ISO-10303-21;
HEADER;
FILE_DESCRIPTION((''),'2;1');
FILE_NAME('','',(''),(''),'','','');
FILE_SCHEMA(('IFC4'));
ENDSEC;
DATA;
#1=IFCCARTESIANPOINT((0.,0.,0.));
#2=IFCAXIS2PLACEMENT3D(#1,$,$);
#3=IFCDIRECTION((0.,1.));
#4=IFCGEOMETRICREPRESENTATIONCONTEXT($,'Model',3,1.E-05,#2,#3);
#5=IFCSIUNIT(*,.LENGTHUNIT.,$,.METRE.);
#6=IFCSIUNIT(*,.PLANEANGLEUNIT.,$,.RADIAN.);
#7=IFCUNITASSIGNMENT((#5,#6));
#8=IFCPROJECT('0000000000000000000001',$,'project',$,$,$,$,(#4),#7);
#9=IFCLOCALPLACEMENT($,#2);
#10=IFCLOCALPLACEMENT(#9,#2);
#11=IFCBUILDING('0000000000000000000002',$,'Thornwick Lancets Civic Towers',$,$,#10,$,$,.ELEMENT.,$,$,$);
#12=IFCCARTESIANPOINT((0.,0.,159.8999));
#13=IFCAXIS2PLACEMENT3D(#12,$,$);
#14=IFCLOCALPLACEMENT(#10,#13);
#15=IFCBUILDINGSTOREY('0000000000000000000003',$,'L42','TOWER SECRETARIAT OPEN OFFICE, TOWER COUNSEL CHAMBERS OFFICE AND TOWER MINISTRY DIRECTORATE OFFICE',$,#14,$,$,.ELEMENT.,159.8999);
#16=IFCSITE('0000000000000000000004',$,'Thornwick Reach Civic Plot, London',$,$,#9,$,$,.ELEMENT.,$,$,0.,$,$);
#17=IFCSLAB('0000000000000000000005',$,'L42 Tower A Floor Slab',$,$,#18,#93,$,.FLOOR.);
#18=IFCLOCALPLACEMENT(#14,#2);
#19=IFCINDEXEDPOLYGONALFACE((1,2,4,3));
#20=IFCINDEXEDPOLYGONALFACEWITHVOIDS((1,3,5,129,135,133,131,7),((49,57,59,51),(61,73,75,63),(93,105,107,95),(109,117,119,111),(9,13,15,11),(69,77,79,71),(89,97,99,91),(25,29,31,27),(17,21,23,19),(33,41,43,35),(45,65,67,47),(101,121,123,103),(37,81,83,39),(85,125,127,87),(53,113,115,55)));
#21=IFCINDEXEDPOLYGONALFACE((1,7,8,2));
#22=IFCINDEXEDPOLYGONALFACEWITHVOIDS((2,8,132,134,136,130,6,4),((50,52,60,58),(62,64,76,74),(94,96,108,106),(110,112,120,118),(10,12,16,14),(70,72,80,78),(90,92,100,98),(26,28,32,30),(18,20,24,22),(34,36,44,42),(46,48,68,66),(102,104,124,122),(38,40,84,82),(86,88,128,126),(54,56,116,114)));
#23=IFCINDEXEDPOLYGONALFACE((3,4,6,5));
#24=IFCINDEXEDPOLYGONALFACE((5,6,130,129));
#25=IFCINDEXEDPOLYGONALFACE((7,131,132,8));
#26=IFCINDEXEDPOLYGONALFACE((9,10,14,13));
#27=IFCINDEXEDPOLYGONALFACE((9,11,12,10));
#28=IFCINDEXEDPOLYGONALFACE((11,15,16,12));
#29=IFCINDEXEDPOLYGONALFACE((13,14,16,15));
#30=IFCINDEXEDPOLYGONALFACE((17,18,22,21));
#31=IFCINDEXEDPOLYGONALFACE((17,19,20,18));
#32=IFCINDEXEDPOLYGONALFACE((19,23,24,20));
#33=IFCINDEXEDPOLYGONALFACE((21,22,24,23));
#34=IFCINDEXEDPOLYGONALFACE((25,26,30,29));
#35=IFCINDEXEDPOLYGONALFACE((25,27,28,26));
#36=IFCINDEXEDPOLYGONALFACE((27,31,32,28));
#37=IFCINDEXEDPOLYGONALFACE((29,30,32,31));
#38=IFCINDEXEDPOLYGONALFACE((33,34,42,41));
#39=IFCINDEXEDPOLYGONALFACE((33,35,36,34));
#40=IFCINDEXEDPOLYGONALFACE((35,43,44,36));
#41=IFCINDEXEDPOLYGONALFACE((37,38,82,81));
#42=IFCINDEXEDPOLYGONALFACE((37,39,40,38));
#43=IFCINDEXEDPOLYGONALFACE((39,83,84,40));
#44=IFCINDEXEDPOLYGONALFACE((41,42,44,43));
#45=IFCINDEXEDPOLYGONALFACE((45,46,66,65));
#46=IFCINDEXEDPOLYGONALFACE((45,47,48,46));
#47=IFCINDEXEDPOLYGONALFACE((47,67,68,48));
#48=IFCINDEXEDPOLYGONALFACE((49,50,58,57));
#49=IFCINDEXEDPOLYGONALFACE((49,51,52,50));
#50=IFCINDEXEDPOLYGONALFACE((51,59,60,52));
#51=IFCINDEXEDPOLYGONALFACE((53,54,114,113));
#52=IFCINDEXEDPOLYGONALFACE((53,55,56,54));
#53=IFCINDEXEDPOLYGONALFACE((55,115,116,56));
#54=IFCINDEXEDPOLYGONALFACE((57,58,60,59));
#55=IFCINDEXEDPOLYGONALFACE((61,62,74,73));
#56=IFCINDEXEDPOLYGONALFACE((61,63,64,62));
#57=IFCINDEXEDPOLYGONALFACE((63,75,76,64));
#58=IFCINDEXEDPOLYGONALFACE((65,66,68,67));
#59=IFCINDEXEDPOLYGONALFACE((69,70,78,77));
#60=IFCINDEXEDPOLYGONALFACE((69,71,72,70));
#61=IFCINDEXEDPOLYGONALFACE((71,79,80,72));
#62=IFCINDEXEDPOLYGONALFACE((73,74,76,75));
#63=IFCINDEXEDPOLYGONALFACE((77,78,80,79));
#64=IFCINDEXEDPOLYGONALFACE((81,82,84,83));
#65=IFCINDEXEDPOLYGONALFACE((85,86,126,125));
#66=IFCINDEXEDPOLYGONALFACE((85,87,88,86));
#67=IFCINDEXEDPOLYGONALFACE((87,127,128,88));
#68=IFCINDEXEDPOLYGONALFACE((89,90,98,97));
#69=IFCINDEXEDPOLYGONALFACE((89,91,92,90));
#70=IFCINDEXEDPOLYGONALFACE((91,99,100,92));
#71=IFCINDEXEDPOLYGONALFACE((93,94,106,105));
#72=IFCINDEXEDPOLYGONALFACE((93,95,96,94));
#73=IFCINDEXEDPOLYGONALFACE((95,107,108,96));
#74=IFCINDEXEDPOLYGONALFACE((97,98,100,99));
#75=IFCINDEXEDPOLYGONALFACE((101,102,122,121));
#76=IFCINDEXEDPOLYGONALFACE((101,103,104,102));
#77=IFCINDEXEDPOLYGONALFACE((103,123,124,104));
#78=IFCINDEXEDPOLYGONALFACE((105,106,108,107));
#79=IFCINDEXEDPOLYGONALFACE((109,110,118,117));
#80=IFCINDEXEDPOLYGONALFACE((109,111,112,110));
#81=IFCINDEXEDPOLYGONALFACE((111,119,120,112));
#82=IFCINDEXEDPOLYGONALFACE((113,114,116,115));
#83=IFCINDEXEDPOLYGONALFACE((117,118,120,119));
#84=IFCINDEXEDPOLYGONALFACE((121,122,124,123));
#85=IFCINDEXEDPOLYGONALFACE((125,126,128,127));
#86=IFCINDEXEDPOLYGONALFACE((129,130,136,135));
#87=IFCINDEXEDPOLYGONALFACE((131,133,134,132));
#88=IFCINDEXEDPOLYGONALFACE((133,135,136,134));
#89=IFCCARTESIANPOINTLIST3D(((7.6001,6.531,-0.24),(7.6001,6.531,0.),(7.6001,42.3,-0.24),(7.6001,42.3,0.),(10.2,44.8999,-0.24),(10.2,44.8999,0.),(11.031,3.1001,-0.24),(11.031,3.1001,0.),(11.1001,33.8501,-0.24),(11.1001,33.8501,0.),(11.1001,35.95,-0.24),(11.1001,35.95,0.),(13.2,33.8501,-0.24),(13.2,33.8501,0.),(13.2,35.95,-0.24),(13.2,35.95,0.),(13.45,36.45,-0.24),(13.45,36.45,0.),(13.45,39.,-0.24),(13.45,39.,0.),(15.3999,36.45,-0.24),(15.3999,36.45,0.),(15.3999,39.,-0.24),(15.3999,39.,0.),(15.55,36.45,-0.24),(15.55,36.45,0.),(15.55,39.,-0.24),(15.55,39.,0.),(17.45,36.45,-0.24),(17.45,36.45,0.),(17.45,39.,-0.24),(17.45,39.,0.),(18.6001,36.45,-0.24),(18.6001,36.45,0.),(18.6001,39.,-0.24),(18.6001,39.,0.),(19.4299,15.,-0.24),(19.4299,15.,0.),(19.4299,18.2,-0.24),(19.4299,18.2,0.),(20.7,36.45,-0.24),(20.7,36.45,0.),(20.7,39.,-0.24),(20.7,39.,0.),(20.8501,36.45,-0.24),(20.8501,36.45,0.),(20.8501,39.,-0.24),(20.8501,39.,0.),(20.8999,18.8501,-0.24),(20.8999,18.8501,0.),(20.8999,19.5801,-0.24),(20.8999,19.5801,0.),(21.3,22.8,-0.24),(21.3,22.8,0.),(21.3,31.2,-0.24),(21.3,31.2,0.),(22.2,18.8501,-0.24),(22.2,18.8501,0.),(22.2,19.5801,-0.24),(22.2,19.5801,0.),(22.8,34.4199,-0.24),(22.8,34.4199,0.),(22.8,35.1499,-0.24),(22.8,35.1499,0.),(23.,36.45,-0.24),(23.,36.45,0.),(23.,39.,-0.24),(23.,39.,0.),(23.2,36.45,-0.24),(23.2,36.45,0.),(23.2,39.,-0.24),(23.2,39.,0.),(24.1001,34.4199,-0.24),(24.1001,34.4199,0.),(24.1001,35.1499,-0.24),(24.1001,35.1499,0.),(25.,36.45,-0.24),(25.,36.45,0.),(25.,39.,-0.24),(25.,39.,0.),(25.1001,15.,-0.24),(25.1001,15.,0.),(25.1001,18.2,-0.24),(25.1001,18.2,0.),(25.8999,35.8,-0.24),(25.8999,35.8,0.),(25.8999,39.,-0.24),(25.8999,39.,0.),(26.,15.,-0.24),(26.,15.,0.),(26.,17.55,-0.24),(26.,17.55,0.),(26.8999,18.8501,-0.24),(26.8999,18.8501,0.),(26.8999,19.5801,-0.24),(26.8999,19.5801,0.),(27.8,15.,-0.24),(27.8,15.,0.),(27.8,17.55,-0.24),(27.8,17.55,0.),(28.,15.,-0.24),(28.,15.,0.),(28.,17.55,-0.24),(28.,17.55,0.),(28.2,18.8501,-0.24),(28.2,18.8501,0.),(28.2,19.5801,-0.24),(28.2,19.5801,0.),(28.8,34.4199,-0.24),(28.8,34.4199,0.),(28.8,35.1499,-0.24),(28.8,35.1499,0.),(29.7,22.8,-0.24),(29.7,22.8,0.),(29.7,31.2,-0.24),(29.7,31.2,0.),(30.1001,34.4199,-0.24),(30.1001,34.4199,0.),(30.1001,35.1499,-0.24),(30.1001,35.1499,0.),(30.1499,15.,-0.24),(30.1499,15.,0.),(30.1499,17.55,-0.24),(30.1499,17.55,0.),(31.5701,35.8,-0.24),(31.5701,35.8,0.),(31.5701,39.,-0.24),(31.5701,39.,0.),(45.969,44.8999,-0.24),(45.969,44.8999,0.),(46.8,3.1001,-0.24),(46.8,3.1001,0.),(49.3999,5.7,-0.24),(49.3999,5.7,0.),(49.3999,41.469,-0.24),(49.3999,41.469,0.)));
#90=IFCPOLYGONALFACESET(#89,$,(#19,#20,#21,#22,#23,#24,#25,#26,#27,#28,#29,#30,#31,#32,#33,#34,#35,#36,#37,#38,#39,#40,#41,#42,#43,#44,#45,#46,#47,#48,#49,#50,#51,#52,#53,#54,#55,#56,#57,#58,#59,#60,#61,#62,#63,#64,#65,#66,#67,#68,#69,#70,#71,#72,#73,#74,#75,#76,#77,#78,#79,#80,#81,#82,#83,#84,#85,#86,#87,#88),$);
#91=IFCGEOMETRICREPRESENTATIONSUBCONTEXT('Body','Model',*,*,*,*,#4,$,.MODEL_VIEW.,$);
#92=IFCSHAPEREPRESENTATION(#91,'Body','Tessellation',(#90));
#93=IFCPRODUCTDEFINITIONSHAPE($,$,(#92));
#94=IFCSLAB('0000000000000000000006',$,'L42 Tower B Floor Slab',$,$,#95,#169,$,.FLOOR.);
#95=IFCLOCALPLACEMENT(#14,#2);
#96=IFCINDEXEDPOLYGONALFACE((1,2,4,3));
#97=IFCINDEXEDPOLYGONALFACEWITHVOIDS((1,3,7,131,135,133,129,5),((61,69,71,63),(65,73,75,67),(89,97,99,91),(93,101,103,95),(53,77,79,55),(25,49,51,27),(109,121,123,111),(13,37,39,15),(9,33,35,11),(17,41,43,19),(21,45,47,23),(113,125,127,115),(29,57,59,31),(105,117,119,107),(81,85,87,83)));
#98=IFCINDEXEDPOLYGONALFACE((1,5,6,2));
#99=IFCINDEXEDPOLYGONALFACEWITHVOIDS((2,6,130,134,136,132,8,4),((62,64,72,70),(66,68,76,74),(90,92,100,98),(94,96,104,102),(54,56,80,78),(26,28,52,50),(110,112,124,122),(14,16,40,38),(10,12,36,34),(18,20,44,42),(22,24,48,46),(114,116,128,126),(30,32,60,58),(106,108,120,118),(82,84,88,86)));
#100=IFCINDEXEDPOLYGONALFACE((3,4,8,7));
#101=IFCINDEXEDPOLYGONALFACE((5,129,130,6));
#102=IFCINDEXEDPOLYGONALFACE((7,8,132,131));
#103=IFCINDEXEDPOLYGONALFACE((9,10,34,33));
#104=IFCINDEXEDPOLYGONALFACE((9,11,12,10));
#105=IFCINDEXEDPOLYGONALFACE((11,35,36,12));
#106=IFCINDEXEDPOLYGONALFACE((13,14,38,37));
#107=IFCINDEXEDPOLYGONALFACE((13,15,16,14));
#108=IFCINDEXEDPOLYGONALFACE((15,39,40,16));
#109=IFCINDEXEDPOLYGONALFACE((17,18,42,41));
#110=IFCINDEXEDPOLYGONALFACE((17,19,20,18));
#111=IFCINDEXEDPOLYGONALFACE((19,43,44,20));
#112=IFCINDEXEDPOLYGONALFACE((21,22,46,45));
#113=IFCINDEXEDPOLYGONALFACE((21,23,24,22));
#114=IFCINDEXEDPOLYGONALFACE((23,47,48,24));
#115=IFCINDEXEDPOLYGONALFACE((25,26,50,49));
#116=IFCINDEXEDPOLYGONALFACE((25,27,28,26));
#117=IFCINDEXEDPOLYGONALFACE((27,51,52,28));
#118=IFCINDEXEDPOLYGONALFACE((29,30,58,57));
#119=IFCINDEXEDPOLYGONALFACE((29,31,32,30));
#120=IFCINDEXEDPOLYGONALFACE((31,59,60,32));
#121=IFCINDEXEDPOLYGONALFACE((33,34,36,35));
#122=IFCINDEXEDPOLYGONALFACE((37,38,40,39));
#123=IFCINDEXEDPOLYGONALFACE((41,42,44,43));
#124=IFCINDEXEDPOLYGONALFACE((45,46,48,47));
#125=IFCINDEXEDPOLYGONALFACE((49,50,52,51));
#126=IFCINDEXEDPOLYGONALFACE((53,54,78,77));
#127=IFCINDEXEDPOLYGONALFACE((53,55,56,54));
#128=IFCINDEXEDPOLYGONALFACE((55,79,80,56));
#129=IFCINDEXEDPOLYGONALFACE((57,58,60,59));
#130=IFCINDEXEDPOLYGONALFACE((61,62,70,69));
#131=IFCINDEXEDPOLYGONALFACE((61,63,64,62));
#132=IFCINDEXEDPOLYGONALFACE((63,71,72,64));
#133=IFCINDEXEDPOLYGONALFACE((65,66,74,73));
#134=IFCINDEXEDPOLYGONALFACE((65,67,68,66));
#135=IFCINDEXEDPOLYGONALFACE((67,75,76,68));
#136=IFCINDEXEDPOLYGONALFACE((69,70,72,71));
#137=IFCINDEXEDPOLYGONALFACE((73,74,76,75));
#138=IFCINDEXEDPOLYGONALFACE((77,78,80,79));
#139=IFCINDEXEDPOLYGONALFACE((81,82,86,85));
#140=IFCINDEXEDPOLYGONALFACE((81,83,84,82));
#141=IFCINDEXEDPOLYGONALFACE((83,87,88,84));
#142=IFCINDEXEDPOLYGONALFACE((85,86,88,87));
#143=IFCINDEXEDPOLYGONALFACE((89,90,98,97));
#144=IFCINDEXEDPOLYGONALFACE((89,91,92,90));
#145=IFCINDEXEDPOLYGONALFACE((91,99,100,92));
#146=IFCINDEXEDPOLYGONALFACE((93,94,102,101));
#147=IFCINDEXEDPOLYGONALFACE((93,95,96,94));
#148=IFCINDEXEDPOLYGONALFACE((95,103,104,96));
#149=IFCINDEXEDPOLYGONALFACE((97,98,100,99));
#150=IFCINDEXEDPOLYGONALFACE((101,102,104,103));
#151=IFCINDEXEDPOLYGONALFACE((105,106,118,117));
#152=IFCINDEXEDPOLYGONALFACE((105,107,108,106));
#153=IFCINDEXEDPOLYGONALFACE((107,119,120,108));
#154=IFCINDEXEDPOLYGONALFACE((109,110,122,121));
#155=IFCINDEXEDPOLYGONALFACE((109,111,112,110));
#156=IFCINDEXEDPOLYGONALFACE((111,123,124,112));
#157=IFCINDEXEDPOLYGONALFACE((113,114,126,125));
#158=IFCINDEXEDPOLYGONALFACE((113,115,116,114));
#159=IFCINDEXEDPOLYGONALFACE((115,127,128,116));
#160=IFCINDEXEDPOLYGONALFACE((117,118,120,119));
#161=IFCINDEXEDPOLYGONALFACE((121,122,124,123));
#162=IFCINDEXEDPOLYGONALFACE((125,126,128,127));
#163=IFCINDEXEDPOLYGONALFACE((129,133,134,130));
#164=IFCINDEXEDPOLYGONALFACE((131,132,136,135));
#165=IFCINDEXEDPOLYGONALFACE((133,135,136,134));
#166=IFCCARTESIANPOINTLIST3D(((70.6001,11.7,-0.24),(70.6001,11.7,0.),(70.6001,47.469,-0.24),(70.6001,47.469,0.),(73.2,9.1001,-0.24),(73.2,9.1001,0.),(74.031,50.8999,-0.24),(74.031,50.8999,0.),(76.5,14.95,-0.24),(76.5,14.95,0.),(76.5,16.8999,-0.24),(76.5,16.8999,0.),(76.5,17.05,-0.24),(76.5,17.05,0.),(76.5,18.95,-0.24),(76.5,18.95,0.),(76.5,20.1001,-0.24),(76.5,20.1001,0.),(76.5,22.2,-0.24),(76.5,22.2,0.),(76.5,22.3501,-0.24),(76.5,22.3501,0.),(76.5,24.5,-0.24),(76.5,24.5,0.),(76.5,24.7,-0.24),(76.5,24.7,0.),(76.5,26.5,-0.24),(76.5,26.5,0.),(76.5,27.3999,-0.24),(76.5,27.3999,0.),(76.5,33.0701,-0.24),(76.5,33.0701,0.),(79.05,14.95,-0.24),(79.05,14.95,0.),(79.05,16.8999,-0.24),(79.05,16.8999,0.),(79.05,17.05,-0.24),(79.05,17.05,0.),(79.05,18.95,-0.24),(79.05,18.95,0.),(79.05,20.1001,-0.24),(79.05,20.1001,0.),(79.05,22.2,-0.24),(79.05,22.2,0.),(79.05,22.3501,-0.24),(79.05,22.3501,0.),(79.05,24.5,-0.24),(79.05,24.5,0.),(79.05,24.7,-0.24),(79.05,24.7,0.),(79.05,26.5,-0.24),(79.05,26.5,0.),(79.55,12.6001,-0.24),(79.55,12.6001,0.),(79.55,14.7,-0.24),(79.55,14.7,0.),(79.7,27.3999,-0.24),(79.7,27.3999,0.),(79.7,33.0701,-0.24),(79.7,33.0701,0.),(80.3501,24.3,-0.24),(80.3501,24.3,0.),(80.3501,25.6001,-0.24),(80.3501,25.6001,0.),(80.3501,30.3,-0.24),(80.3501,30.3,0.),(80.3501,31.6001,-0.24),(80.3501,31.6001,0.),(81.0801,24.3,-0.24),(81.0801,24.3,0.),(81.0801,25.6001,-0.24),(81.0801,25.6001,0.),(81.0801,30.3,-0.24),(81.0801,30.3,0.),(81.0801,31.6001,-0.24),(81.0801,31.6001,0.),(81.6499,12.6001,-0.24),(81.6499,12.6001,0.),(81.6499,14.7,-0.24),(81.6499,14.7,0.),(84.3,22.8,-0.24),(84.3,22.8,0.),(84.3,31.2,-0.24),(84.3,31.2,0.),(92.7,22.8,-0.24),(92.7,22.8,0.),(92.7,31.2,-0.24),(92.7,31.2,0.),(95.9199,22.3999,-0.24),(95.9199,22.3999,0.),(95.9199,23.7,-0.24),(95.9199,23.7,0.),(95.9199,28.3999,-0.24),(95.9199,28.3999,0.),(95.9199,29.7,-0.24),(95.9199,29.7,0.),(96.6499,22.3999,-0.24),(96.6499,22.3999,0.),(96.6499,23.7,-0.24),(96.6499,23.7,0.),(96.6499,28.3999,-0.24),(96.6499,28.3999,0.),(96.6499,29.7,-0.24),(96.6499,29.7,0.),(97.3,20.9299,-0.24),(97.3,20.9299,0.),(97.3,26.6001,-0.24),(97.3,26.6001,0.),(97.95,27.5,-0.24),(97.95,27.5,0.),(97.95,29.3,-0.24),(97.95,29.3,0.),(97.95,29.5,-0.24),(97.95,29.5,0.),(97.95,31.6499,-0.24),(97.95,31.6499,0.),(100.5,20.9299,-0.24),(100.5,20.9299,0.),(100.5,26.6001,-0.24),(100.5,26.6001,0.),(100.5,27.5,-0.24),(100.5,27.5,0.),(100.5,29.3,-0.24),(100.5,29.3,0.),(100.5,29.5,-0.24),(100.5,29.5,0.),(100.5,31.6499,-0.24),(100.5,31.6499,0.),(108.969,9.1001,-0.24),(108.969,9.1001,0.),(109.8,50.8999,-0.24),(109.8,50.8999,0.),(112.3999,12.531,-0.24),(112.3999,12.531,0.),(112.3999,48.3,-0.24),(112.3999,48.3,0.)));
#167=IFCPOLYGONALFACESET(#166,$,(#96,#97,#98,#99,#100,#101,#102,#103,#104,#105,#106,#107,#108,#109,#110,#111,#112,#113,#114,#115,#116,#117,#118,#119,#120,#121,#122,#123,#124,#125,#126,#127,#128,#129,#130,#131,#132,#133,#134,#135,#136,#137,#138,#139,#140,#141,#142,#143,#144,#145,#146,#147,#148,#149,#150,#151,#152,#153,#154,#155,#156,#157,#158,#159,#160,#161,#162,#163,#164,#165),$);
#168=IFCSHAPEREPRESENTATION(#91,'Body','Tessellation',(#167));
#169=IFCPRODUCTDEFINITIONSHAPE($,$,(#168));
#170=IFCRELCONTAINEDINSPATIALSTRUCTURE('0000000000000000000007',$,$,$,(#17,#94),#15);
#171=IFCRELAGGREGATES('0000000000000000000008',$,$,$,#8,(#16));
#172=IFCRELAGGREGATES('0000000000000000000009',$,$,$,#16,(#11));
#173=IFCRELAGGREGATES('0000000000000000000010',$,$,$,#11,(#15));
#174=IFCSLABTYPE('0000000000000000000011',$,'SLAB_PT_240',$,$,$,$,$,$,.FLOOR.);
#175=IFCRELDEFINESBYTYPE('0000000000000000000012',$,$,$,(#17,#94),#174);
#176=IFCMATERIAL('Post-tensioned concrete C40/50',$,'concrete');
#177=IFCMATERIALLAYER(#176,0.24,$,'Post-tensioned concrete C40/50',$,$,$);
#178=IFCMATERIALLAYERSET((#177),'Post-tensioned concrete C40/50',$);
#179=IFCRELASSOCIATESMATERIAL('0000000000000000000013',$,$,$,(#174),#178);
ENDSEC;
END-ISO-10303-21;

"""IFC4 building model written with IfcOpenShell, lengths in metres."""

from ifc_helpers import new_model, si_unit, direction, frame, origin, place, context, subcontext, project, spatial, polyline, outline, extrude, material, layer, layer_set, type_object, element, save


model = new_model("IFC4")

# Units and contexts
model_context = context("Model", 3, precision=1e-05, world=origin(), true_north=direction((0.0, 1.0)))
body_context = subcontext(model_context, "Body", "Model", "MODEL_VIEW")
ifc_project = project(units=[si_unit("LENGTHUNIT", "METRE"), si_unit("PLANEANGLEUNIT", "RADIAN")], contexts=[model_context])

# Site, building, storey
site_placement = place(None, origin())
site = spatial("IfcSite", under=ifc_project, at=site_placement, Name="Thornwick Reach Civic Plot, London", CompositionType="ELEMENT", RefElevation=0.0)
building_placement = place(site_placement, origin())
building = spatial("IfcBuilding", under=site, at=building_placement, Name="Thornwick Lancets Civic Towers", CompositionType="ELEMENT")
storey_placement = place(building_placement, frame((0.0, 0.0, 159.8999)))
storey = spatial("IfcBuildingStorey", under=building, at=storey_placement, Name="L42", Description="TOWER SECRETARIAT OPEN OFFICE, TOWER COUNSEL CHAMBERS OFFICE AND TOWER MINISTRY DIRECTORATE OFFICE", CompositionType="ELEMENT", Elevation=159.8999)

# Shared definitions
ifc_material_1 = material(Name="Post-tensioned concrete C40/50", Category="concrete")

# Slabs
ifc_layer_1 = layer(ifc_material_1, 0.24, Name="Post-tensioned concrete C40/50")
ifc_layer_set_1 = layer_set([ifc_layer_1], Name="Post-tensioned concrete C40/50")
slab_type_1 = type_object("IfcSlabType", Name="SLAB_PT_240", PredefinedType="FLOOR", material=ifc_layer_set_1)
slab_1_placement = place(storey_placement, frame((0.0, 0.0, -0.24)))
element("IfcSlab", 1, at=slab_1_placement, inside=storey, type_object=slab_type_1, Name="L42 Tower A Floor Slab", PredefinedType="FLOOR", context=body_context, shape_type="SweptSolid", body=[
    extrude(outline(polyline([(11.031, 3.1001), (46.8, 3.1001), (49.3999, 5.7), (49.3999, 41.469), (45.969, 44.8999), (10.2, 44.8999), (7.6001, 42.3), (7.6001, 6.531), (11.031, 3.1001)]), holes=[polyline([(21.3, 22.8), (29.7, 22.8), (29.7, 31.2), (21.3, 31.2), (21.3, 22.8)]), polyline([(19.4299, 15.0), (25.1001, 15.0), (25.1001, 18.2), (19.4299, 18.2), (19.4299, 15.0)]), polyline([(31.5701, 39.0), (25.8999, 39.0), (25.8999, 35.8), (31.5701, 35.8), (31.5701, 39.0)]), polyline([(26.0, 15.0), (27.8, 15.0), (27.8, 17.55), (26.0, 17.55), (26.0, 15.0)]), polyline([(28.0, 15.0), (30.1499, 15.0), (30.1499, 17.55), (28.0, 17.55), (28.0, 15.0)]), polyline([(23.2, 36.45), (25.0, 36.45), (25.0, 39.0), (23.2, 39.0), (23.2, 36.45)]), polyline([(20.8501, 36.45), (23.0, 36.45), (23.0, 39.0), (20.8501, 39.0), (20.8501, 36.45)]), polyline([(18.6001, 36.45), (20.7, 36.45), (20.7, 39.0), (18.6001, 39.0), (18.6001, 36.45)]), polyline([(15.55, 36.45), (17.45, 36.45), (17.45, 39.0), (15.55, 39.0), (15.55, 36.45)]), polyline([(13.45, 36.45), (15.3999, 36.45), (15.3999, 39.0), (13.45, 39.0), (13.45, 36.45)]), polyline([(11.1001, 33.8501), (13.2, 33.8501), (13.2, 35.95), (11.1001, 35.95), (11.1001, 33.8501)]), polyline([(26.8999, 18.8501), (28.2, 18.8501), (28.2, 19.5801), (26.8999, 19.5801), (26.8999, 18.8501)]), polyline([(20.8999, 18.8501), (22.2, 18.8501), (22.2, 19.5801), (20.8999, 19.5801), (20.8999, 18.8501)]), polyline([(22.8, 34.4199), (24.1001, 34.4199), (24.1001, 35.1499), (22.8, 35.1499), (22.8, 34.4199)]), polyline([(28.8, 34.4199), (30.1001, 34.4199), (30.1001, 35.1499), (28.8, 35.1499), (28.8, 34.4199)])]), origin(), (0.0, 0.0, 1.0), 0.24),
])
slab_2_placement = place(storey_placement, frame((0.0, 0.0, -0.24)))
element("IfcSlab", 2, at=slab_2_placement, inside=storey, type_object=slab_type_1, Name="L42 Tower B Floor Slab", PredefinedType="FLOOR", context=body_context, shape_type="SweptSolid", body=[
    extrude(outline(polyline([(73.2, 9.1001), (108.969, 9.1001), (112.3999, 12.531), (112.3999, 48.3), (109.8, 50.8999), (74.031, 50.8999), (70.6001, 47.469), (70.6001, 11.7), (73.2, 9.1001)]), holes=[polyline([(84.3, 22.8), (92.7, 22.8), (92.7, 31.2), (84.3, 31.2), (84.3, 22.8)]), polyline([(100.5, 20.9299), (100.5, 26.6001), (97.3, 26.6001), (97.3, 20.9299), (100.5, 20.9299)]), polyline([(76.5, 33.0701), (76.5, 27.3999), (79.7, 27.3999), (79.7, 33.0701), (76.5, 33.0701)]), polyline([(97.95, 27.5), (100.5, 27.5), (100.5, 29.3), (97.95, 29.3), (97.95, 27.5)]), polyline([(97.95, 29.5), (100.5, 29.5), (100.5, 31.6499), (97.95, 31.6499), (97.95, 29.5)]), polyline([(76.5, 24.7), (79.05, 24.7), (79.05, 26.5), (76.5, 26.5), (76.5, 24.7)]), polyline([(76.5, 22.3501), (79.05, 22.3501), (79.05, 24.5), (76.5, 24.5), (76.5, 22.3501)]), polyline([(76.5, 20.1001), (79.05, 20.1001), (79.05, 22.2), (76.5, 22.2), (76.5, 20.1001)]), polyline([(76.5, 17.05), (79.05, 17.05), (79.05, 18.95), (76.5, 18.95), (76.5, 17.05)]), polyline([(76.5, 14.95), (79.05, 14.95), (79.05, 16.8999), (76.5, 16.8999), (76.5, 14.95)]), polyline([(79.55, 12.6001), (81.6499, 12.6001), (81.6499, 14.7), (79.55, 14.7), (79.55, 12.6001)]), polyline([(95.9199, 28.3999), (96.6499, 28.3999), (96.6499, 29.7), (95.9199, 29.7), (95.9199, 28.3999)]), polyline([(95.9199, 22.3999), (96.6499, 22.3999), (96.6499, 23.7), (95.9199, 23.7), (95.9199, 22.3999)]), polyline([(80.3501, 24.3), (81.0801, 24.3), (81.0801, 25.6001), (80.3501, 25.6001), (80.3501, 24.3)]), polyline([(80.3501, 30.3), (81.0801, 30.3), (81.0801, 31.6001), (80.3501, 31.6001), (80.3501, 30.3)])]), origin(), (0.0, 0.0, 1.0), 0.24),
])

save(model, "model.ifc")
